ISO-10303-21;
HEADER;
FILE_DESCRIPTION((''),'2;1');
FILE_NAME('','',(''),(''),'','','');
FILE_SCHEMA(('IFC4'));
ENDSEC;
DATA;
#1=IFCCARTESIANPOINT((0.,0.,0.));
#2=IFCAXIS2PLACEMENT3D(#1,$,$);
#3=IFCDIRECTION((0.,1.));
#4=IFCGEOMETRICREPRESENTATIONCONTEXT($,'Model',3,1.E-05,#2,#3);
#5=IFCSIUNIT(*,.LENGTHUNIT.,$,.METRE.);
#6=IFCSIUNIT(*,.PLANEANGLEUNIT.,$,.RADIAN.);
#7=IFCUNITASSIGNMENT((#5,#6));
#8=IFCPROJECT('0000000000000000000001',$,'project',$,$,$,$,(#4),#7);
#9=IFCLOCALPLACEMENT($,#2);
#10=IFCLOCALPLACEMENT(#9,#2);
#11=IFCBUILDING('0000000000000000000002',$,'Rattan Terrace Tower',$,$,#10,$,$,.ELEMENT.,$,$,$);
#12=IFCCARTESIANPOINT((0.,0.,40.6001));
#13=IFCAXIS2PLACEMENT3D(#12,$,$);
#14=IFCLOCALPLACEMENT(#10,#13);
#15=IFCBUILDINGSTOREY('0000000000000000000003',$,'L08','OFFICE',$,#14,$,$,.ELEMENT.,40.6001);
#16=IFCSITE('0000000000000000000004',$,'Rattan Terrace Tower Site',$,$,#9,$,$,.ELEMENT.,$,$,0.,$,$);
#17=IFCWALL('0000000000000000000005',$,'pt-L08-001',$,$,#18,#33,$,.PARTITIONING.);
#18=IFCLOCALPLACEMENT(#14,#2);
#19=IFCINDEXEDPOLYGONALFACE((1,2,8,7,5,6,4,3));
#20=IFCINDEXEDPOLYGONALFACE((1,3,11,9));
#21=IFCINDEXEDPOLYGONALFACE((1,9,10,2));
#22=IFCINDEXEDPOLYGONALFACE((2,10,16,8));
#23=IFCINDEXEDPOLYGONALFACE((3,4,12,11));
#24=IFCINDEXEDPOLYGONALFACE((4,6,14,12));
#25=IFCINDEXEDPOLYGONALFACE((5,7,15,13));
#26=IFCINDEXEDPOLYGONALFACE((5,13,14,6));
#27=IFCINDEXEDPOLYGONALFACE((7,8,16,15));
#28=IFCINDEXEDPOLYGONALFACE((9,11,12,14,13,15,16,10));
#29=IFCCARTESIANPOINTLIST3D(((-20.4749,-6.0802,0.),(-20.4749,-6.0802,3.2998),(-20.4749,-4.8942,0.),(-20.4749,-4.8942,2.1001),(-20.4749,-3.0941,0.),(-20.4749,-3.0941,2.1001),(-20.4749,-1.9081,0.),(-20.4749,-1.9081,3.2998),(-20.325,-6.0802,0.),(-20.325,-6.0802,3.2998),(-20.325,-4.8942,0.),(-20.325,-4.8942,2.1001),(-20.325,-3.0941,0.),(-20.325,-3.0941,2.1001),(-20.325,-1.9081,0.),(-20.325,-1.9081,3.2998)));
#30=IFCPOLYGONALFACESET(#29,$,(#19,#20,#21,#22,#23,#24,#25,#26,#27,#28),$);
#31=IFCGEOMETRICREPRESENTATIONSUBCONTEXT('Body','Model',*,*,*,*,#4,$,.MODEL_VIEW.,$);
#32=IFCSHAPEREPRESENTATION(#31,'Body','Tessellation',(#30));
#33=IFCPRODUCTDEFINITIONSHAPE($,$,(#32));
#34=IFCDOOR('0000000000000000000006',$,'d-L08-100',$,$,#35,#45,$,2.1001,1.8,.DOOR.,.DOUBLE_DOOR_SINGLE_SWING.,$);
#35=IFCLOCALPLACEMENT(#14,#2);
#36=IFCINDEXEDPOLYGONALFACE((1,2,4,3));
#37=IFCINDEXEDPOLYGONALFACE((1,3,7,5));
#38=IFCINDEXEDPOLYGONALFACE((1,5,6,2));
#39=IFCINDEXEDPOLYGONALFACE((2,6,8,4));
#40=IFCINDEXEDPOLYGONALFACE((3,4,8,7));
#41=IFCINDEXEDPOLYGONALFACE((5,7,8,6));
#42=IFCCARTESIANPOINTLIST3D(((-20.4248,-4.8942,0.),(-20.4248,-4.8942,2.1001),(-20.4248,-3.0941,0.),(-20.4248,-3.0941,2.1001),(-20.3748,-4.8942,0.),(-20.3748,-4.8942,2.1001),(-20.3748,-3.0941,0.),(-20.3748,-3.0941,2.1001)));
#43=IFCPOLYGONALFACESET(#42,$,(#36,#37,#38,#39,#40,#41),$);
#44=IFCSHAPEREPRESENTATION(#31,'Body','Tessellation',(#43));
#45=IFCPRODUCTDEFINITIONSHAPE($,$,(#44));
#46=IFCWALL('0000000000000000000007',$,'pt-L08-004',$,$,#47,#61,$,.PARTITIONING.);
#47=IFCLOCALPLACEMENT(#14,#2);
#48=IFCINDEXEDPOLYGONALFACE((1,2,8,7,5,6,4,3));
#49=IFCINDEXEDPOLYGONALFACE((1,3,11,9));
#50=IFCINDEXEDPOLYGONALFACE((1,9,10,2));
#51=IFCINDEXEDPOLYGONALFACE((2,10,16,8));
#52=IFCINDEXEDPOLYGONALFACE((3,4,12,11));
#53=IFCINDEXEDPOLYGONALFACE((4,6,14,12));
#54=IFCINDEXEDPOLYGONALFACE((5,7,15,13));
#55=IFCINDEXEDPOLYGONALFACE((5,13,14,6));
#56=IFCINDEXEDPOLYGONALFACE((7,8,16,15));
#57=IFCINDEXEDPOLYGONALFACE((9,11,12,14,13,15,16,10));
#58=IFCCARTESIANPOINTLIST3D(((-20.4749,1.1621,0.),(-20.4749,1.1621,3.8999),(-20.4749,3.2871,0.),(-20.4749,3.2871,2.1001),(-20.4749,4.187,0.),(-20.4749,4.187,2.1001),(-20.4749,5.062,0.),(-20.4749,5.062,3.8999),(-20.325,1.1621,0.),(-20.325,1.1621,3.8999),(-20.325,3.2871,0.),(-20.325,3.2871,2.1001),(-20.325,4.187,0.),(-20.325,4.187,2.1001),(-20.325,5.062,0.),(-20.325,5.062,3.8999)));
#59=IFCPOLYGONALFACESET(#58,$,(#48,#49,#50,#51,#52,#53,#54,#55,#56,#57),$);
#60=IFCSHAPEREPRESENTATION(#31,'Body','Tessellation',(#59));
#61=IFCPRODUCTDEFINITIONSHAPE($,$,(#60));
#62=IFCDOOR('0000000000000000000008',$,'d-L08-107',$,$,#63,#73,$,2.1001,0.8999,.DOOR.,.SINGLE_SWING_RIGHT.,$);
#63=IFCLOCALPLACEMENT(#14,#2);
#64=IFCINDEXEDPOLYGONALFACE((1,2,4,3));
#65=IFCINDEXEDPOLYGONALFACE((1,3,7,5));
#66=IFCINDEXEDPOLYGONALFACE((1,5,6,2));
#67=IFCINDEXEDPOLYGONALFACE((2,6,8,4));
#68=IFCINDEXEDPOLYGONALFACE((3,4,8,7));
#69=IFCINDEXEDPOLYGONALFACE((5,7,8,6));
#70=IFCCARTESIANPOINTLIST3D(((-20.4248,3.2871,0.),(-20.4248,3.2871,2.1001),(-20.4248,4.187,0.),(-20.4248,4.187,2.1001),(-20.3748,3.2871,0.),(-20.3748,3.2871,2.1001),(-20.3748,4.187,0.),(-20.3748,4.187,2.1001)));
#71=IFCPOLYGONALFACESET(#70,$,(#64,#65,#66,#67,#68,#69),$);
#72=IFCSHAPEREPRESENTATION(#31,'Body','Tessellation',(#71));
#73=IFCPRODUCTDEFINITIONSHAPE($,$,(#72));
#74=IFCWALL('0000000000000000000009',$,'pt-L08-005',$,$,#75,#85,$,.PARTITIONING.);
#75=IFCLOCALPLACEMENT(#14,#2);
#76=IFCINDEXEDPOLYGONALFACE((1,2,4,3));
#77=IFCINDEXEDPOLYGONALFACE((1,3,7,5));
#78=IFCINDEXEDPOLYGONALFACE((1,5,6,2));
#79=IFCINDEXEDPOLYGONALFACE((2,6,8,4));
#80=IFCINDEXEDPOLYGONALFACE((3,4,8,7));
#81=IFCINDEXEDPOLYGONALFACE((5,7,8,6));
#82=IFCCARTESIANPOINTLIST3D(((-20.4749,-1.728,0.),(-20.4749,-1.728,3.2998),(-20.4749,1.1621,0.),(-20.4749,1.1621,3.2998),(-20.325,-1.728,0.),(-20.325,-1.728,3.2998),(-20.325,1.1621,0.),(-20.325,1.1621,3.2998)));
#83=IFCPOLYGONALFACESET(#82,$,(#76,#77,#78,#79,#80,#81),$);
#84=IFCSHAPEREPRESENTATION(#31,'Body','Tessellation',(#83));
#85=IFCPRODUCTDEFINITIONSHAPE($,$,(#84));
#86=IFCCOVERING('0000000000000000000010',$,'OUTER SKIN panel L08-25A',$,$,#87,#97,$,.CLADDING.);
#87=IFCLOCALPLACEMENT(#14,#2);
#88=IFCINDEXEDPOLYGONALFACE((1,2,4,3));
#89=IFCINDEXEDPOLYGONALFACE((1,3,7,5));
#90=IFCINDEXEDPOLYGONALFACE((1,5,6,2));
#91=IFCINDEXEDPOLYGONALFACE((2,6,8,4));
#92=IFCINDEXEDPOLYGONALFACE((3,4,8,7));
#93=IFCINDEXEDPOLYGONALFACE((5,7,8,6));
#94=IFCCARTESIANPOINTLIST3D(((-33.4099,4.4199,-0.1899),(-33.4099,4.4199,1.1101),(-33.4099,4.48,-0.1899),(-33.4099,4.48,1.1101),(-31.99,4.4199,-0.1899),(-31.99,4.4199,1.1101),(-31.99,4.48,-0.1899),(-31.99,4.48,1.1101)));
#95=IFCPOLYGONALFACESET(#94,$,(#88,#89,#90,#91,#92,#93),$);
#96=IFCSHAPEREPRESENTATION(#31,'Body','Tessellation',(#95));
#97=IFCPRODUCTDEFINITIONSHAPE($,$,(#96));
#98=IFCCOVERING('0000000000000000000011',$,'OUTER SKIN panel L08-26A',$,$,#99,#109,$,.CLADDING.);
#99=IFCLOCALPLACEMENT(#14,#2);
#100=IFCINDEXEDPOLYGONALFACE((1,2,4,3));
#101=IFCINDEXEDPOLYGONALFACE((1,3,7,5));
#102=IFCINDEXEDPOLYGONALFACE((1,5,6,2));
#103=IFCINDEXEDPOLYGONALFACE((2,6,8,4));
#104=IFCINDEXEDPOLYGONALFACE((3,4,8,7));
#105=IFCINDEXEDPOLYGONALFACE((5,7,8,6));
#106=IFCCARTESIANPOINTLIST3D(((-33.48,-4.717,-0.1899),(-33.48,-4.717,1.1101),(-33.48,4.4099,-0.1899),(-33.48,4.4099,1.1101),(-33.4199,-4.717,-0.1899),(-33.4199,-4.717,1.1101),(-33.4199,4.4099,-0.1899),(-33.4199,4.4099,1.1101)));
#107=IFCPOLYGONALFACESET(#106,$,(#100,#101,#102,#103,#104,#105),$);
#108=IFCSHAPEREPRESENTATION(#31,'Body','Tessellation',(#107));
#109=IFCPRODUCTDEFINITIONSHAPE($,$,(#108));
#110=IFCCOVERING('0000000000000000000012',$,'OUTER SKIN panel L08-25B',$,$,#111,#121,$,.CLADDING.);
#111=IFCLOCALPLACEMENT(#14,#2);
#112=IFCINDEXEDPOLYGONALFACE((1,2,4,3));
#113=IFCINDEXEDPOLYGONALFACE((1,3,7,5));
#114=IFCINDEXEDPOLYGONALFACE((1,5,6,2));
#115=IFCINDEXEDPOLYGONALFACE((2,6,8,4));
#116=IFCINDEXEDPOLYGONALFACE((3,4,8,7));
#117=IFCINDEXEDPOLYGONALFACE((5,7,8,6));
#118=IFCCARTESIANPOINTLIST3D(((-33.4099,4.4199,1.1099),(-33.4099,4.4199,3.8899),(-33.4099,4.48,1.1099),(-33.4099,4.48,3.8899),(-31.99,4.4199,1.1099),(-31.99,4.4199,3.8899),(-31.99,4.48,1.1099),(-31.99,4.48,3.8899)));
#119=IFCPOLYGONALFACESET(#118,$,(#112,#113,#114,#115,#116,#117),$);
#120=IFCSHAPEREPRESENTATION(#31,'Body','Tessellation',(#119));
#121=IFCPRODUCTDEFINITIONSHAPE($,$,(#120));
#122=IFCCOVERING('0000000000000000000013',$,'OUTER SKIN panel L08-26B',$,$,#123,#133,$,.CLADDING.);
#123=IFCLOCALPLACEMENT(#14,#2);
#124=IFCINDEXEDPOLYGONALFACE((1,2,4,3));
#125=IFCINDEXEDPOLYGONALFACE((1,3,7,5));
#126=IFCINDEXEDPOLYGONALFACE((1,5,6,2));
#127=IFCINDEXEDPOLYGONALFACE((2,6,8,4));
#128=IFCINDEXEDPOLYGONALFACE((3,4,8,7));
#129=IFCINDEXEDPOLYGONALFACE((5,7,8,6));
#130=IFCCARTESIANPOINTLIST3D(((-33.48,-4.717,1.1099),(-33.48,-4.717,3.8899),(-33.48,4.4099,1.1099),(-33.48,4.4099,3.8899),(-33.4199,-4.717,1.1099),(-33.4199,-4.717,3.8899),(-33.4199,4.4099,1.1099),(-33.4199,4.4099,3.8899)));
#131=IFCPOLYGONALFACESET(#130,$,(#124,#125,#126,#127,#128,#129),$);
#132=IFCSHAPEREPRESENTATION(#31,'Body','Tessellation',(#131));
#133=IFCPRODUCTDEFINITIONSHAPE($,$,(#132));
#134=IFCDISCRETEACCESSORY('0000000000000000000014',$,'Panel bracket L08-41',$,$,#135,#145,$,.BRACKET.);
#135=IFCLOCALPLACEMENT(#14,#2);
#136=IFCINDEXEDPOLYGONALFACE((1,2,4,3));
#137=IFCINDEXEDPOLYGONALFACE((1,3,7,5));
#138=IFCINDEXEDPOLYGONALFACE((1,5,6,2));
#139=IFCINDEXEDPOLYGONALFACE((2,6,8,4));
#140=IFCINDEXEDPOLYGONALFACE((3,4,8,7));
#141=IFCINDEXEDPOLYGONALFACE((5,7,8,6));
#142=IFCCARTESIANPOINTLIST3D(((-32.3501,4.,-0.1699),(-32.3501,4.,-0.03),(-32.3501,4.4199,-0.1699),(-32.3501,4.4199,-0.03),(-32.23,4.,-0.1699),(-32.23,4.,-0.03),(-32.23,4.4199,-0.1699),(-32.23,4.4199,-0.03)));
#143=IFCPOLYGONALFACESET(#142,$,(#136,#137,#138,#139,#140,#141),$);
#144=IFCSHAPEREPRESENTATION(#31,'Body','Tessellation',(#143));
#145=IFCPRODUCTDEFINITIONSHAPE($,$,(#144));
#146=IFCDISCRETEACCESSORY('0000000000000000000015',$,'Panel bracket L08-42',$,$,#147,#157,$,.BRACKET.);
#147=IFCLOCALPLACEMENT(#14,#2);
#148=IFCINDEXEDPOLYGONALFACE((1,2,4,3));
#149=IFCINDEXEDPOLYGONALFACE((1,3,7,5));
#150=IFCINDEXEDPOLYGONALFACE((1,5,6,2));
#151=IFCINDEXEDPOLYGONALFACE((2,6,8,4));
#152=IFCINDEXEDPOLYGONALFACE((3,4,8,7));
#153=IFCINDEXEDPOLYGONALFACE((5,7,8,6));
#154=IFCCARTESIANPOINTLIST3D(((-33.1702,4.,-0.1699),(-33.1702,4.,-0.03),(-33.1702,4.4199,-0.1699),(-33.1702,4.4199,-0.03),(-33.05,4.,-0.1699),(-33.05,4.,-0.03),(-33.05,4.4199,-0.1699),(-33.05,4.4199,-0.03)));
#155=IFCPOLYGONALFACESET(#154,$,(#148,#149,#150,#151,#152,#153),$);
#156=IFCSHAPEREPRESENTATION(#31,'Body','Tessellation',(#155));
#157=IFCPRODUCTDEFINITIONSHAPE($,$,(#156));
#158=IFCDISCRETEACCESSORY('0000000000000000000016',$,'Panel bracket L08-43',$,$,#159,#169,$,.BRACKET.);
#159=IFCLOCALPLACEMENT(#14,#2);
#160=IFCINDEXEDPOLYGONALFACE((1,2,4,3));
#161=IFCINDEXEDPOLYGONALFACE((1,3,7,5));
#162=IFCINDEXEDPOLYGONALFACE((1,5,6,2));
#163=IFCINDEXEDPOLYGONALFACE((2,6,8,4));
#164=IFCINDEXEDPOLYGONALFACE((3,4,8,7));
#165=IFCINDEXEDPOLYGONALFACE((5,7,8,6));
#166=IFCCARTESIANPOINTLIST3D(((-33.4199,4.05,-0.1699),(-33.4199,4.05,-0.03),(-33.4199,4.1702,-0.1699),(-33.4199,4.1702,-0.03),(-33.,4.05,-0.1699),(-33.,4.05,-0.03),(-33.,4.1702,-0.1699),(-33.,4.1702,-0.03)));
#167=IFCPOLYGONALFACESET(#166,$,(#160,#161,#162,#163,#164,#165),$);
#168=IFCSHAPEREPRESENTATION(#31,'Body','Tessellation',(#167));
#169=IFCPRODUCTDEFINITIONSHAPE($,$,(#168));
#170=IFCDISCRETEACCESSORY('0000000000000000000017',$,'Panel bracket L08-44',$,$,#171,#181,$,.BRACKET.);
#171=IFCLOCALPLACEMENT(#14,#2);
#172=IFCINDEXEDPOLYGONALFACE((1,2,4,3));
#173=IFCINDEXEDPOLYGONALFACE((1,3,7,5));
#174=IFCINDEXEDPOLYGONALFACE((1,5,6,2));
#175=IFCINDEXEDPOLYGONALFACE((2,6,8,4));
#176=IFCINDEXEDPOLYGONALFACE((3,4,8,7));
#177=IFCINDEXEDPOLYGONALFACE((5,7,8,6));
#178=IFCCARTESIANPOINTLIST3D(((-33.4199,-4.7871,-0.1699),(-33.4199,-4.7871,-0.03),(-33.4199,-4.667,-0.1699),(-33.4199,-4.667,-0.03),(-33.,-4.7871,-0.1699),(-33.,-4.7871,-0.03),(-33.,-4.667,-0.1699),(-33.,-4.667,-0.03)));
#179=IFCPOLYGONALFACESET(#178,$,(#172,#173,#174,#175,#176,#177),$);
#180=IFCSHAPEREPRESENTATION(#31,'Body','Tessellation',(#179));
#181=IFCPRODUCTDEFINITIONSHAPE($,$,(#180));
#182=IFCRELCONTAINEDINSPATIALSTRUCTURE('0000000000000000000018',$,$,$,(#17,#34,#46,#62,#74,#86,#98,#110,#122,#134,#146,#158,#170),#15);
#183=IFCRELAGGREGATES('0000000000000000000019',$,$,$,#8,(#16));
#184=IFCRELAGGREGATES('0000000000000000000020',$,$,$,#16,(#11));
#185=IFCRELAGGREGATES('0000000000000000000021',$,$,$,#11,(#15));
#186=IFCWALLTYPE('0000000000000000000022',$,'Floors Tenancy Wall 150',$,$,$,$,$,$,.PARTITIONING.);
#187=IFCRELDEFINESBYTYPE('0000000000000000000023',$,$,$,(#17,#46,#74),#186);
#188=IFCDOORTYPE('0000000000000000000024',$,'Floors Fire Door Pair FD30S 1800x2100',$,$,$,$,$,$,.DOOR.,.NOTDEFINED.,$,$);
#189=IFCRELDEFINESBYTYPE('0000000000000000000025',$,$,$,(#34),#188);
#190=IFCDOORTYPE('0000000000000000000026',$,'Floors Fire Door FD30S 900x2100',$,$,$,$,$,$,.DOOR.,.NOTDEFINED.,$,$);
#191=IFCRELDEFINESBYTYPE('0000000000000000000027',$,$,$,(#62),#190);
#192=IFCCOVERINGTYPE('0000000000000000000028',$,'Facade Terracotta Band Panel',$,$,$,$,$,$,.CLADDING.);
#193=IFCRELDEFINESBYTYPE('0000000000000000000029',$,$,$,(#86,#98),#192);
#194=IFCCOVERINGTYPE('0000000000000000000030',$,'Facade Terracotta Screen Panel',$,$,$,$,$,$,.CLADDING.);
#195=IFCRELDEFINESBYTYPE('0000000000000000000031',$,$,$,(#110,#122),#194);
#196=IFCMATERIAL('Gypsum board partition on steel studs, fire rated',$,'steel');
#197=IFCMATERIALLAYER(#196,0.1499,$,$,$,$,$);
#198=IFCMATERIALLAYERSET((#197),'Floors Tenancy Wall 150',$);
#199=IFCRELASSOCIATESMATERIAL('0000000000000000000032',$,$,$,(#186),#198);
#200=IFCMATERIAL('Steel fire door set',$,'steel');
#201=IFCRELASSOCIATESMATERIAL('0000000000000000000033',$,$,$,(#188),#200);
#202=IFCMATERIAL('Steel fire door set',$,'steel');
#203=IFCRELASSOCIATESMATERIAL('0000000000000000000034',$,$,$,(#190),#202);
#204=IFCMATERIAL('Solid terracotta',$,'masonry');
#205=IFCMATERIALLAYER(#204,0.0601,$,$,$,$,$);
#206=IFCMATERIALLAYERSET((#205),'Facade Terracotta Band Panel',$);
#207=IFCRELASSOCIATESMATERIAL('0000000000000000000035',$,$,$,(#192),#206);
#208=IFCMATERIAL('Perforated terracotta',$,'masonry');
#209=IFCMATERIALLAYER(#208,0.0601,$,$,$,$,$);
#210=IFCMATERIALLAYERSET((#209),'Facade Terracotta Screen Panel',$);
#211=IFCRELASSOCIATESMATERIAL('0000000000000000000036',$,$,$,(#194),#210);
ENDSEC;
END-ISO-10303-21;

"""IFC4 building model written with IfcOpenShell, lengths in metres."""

from ifc_helpers import new_model, si_unit, direction, frame, frame_2d, origin, origin_2d, place, context, subcontext, project, spatial, rectangle, extrude, material, layer, layer_set, type_object, element, fill, save


model = new_model("IFC4")

# Units and contexts
model_context = context("Model", 3, precision=1e-05, world=origin(), true_north=direction((0.0, 1.0)))
body_context = subcontext(model_context, "Body", "Model", "MODEL_VIEW")
ifc_project = project(units=[si_unit("LENGTHUNIT", "METRE"), si_unit("PLANEANGLEUNIT", "RADIAN")], contexts=[model_context])

# Site, building, storey
site_placement = place(None, origin())
site = spatial("IfcSite", under=ifc_project, at=site_placement, Name="Rattan Terrace Tower Site", CompositionType="ELEMENT", RefElevation=0.0)
building_placement = place(site_placement, origin())
building = spatial("IfcBuilding", under=site, at=building_placement, Name="Rattan Terrace Tower", CompositionType="ELEMENT")
storey_placement = place(building_placement, frame((0.0, 0.0, 40.6001)))
storey = spatial("IfcBuildingStorey", under=building, at=storey_placement, Name="L08", Description="OFFICE", CompositionType="ELEMENT", Elevation=40.6001)

# Walls, openings, doors
ifc_material_1 = material(Name="Gypsum board partition on steel studs, fire rated", Category="steel")
ifc_layer_1 = layer(ifc_material_1, 0.1499)
ifc_layer_set_1 = layer_set([ifc_layer_1], Name="Floors Tenancy Wall 150")
wall_type_1 = type_object("IfcWallType", Name="Floors Tenancy Wall 150", PredefinedType="PARTITIONING", material=ifc_layer_set_1)
wall_1_placement = place(storey_placement, frame((-20.3999, -6.0801, 0.0), z_axis=(0.0, 0.0, 1.0), x_axis=(0.0, 1.0, 0.0)))
wall_1 = element("IfcWall", 1, at=wall_1_placement, inside=storey, type_object=wall_type_1, Name="pt-L08-001", PredefinedType="PARTITIONING", context=body_context, shape_type="SweptSolid", body=[
    extrude(rectangle(XDim=4.1721, YDim=0.1499, at=frame_2d((2.0859, 0.0))), origin(), (0.0, 0.0, 1.0), 3.2998),
])
opening_1_placement = place(wall_1_placement, frame((1.186, 0.0, 0.0)))
opening_1 = element("IfcOpeningElement", 2, at=opening_1_placement, cuts=wall_1, PredefinedType="OPENING", context=body_context, shape_type="SweptSolid", body=[
    extrude(rectangle(XDim=1.8, YDim=2.1001, at=frame_2d((0.8999, 1.05))), frame((0.0, 0.0854, 0.0), z_axis=(0.0, -1.0, 0.0), x_axis=(1.0, 0.0, 0.0)), (0.0, 0.0, 1.0), 0.1709),
])
ifc_material_2 = material(Name="Steel fire door set", Category="steel")
door_type_1 = type_object("IfcDoorType", Name="Floors Fire Door Pair FD30S 1800x2100", OperationType="NOTDEFINED", PredefinedType="DOOR", material=ifc_material_2)
door_1_placement = place(opening_1_placement, origin())
door_1 = element("IfcDoor", 3, at=door_1_placement, inside=storey, type_object=door_type_1, Name="d-L08-100", OperationType="DOUBLE_DOOR_SINGLE_SWING", OverallHeight=2.1001, OverallWidth=1.8, PredefinedType="DOOR", context=body_context, shape_type="SweptSolid", body=[
    extrude(rectangle(XDim=1.8, YDim=2.1001, at=frame_2d((0.8999, 1.05))), frame((0.0, 0.0249, 0.0), z_axis=(0.0, -1.0, 0.0), x_axis=(1.0, 0.0, 0.0)), (0.0, 0.0, 1.0), 0.05),
])
fill(opening_1, door_1)
wall_2_placement = place(storey_placement, frame((-20.3999, 1.1621, 0.0), z_axis=(0.0, 0.0, 1.0), x_axis=(0.0, 1.0, 0.0)))
wall_2 = element("IfcWall", 4, at=wall_2_placement, inside=storey, type_object=wall_type_1, Name="pt-L08-004", PredefinedType="PARTITIONING", context=body_context, shape_type="SweptSolid", body=[
    extrude(rectangle(XDim=3.8999, YDim=0.1499, at=frame_2d((1.95, 0.0))), origin(), (0.0, 0.0, 1.0), 3.8999),
])
opening_2_placement = place(wall_2_placement, frame((2.125, 0.0, 0.0)))
opening_2 = element("IfcOpeningElement", 5, at=opening_2_placement, cuts=wall_2, PredefinedType="OPENING", context=body_context, shape_type="SweptSolid", body=[
    extrude(rectangle(XDim=0.8999, YDim=2.1001, at=frame_2d((0.45, 1.05))), frame((0.0, 0.0854, 0.0), z_axis=(0.0, -1.0, 0.0), x_axis=(1.0, 0.0, 0.0)), (0.0, 0.0, 1.0), 0.1709),
])
ifc_material_3 = material(Name="Steel fire door set", Category="steel")
door_type_2 = type_object("IfcDoorType", Name="Floors Fire Door FD30S 900x2100", OperationType="NOTDEFINED", PredefinedType="DOOR", material=ifc_material_3)
door_2_placement = place(opening_2_placement, origin())
door_2 = element("IfcDoor", 6, at=door_2_placement, inside=storey, type_object=door_type_2, Name="d-L08-107", OperationType="SINGLE_SWING_RIGHT", OverallHeight=2.1001, OverallWidth=0.8999, PredefinedType="DOOR", context=body_context, shape_type="SweptSolid", body=[
    extrude(rectangle(XDim=0.8999, YDim=2.1001, at=frame_2d((0.45, 1.05))), frame((0.0, 0.0249, 0.0), z_axis=(0.0, -1.0, 0.0), x_axis=(1.0, 0.0, 0.0)), (0.0, 0.0, 1.0), 0.05),
])
fill(opening_2, door_2)

# Wall
wall_3_placement = place(storey_placement, frame((-20.3999, -1.728, 0.0), z_axis=(0.0, 0.0, 1.0), x_axis=(0.0, 1.0, 0.0)))
element("IfcWall", 7, at=wall_3_placement, inside=storey, type_object=wall_type_1, Name="pt-L08-005", PredefinedType="PARTITIONING", context=body_context, shape_type="SweptSolid", body=[
    extrude(rectangle(XDim=2.8901, YDim=0.1499, at=frame_2d((1.4451, 0.0))), origin(), (0.0, 0.0, 1.0), 3.2998),
])

# Coverings
ifc_material_4 = material(Name="Solid terracotta", Category="masonry")
ifc_layer_2 = layer(ifc_material_4, 0.0601)
ifc_layer_set_2 = layer_set([ifc_layer_2], Name="Facade Terracotta Band Panel")
covering_type_1 = type_object("IfcCoveringType", Name="Facade Terracotta Band Panel", PredefinedType="CLADDING", material=ifc_layer_set_2)
covering_1_placement = place(storey_placement, frame((-32.7, 4.45, -0.1899), z_axis=(0.0, 0.0, 1.0), x_axis=(-1.0, 0.0, 0.0)))
element("IfcCovering", 8, at=covering_1_placement, inside=storey, type_object=covering_type_1, Name="OUTER SKIN panel L08-25A", PredefinedType="CLADDING", context=body_context, shape_type="SweptSolid", body=[
    extrude(rectangle(XDim=1.4199, YDim=0.0601, at=origin_2d()), origin(), (0.0, 0.0, 1.0), 1.3),
])
covering_2_placement = place(storey_placement, frame((-33.45, -0.1536, -0.1899), z_axis=(0.0, 0.0, 1.0), x_axis=(0.0, -1.0, 0.0)))
element("IfcCovering", 9, at=covering_2_placement, inside=storey, type_object=covering_type_1, Name="OUTER SKIN panel L08-26A", PredefinedType="CLADDING", context=body_context, shape_type="SweptSolid", body=[
    extrude(rectangle(XDim=9.127, YDim=0.0601, at=origin_2d()), origin(), (0.0, 0.0, 1.0), 1.3),
])
ifc_material_5 = material(Name="Perforated terracotta", Category="masonry")
ifc_layer_3 = layer(ifc_material_5, 0.0601)
ifc_layer_set_3 = layer_set([ifc_layer_3], Name="Facade Terracotta Screen Panel")
covering_type_2 = type_object("IfcCoveringType", Name="Facade Terracotta Screen Panel", PredefinedType="CLADDING", material=ifc_layer_set_3)
covering_3_placement = place(storey_placement, frame((-32.7, 4.45, 1.1099), z_axis=(0.0, 0.0, 1.0), x_axis=(-1.0, 0.0, 0.0)))
element("IfcCovering", 10, at=covering_3_placement, inside=storey, type_object=covering_type_2, Name="OUTER SKIN panel L08-25B", PredefinedType="CLADDING", context=body_context, shape_type="SweptSolid", body=[
    extrude(rectangle(XDim=1.4199, YDim=0.0601, at=origin_2d()), origin(), (0.0, 0.0, 1.0), 2.78),
])
covering_4_placement = place(storey_placement, frame((-33.45, -0.1536, 1.1099), z_axis=(0.0, 0.0, 1.0), x_axis=(0.0, -1.0, 0.0)))
element("IfcCovering", 11, at=covering_4_placement, inside=storey, type_object=covering_type_2, Name="OUTER SKIN panel L08-26B", PredefinedType="CLADDING", context=body_context, shape_type="SweptSolid", body=[
    extrude(rectangle(XDim=9.127, YDim=0.0601, at=origin_2d()), origin(), (0.0, 0.0, 1.0), 2.78),
])

# Discrete accessories
for number, where, z_axis, x_axis, name in (
    (12, (-32.29, 4.21, -0.1699), (0.0, 0.0, 1.0), (-1.0, 0.0, 0.0), "Panel bracket L08-41"),
    (13, (-33.1101, 4.21, -0.1699), (0.0, 0.0, 1.0), (-1.0, 0.0, 0.0), "Panel bracket L08-42"),
    (14, (-33.21, 4.1101, -0.1699), (0.0, 0.0, 1.0), (0.0, -1.0, 0.0), "Panel bracket L08-43"),
    (15, (-33.21, -4.7271, -0.1699), (0.0, 0.0, 1.0), (0.0, -1.0, 0.0), "Panel bracket L08-44"),
):
    element("IfcDiscreteAccessory", number, at=place(storey_placement, frame(where, z_axis=z_axis, x_axis=x_axis)), inside=storey, Name=name, PredefinedType="BRACKET", context=body_context, shape_type="SweptSolid", body=[
        extrude(rectangle(XDim=0.1201, YDim=0.4199, at=origin_2d()), origin(), (0.0, 0.0, 1.0), 0.1399),
    ])

save(model, "model.ifc")
